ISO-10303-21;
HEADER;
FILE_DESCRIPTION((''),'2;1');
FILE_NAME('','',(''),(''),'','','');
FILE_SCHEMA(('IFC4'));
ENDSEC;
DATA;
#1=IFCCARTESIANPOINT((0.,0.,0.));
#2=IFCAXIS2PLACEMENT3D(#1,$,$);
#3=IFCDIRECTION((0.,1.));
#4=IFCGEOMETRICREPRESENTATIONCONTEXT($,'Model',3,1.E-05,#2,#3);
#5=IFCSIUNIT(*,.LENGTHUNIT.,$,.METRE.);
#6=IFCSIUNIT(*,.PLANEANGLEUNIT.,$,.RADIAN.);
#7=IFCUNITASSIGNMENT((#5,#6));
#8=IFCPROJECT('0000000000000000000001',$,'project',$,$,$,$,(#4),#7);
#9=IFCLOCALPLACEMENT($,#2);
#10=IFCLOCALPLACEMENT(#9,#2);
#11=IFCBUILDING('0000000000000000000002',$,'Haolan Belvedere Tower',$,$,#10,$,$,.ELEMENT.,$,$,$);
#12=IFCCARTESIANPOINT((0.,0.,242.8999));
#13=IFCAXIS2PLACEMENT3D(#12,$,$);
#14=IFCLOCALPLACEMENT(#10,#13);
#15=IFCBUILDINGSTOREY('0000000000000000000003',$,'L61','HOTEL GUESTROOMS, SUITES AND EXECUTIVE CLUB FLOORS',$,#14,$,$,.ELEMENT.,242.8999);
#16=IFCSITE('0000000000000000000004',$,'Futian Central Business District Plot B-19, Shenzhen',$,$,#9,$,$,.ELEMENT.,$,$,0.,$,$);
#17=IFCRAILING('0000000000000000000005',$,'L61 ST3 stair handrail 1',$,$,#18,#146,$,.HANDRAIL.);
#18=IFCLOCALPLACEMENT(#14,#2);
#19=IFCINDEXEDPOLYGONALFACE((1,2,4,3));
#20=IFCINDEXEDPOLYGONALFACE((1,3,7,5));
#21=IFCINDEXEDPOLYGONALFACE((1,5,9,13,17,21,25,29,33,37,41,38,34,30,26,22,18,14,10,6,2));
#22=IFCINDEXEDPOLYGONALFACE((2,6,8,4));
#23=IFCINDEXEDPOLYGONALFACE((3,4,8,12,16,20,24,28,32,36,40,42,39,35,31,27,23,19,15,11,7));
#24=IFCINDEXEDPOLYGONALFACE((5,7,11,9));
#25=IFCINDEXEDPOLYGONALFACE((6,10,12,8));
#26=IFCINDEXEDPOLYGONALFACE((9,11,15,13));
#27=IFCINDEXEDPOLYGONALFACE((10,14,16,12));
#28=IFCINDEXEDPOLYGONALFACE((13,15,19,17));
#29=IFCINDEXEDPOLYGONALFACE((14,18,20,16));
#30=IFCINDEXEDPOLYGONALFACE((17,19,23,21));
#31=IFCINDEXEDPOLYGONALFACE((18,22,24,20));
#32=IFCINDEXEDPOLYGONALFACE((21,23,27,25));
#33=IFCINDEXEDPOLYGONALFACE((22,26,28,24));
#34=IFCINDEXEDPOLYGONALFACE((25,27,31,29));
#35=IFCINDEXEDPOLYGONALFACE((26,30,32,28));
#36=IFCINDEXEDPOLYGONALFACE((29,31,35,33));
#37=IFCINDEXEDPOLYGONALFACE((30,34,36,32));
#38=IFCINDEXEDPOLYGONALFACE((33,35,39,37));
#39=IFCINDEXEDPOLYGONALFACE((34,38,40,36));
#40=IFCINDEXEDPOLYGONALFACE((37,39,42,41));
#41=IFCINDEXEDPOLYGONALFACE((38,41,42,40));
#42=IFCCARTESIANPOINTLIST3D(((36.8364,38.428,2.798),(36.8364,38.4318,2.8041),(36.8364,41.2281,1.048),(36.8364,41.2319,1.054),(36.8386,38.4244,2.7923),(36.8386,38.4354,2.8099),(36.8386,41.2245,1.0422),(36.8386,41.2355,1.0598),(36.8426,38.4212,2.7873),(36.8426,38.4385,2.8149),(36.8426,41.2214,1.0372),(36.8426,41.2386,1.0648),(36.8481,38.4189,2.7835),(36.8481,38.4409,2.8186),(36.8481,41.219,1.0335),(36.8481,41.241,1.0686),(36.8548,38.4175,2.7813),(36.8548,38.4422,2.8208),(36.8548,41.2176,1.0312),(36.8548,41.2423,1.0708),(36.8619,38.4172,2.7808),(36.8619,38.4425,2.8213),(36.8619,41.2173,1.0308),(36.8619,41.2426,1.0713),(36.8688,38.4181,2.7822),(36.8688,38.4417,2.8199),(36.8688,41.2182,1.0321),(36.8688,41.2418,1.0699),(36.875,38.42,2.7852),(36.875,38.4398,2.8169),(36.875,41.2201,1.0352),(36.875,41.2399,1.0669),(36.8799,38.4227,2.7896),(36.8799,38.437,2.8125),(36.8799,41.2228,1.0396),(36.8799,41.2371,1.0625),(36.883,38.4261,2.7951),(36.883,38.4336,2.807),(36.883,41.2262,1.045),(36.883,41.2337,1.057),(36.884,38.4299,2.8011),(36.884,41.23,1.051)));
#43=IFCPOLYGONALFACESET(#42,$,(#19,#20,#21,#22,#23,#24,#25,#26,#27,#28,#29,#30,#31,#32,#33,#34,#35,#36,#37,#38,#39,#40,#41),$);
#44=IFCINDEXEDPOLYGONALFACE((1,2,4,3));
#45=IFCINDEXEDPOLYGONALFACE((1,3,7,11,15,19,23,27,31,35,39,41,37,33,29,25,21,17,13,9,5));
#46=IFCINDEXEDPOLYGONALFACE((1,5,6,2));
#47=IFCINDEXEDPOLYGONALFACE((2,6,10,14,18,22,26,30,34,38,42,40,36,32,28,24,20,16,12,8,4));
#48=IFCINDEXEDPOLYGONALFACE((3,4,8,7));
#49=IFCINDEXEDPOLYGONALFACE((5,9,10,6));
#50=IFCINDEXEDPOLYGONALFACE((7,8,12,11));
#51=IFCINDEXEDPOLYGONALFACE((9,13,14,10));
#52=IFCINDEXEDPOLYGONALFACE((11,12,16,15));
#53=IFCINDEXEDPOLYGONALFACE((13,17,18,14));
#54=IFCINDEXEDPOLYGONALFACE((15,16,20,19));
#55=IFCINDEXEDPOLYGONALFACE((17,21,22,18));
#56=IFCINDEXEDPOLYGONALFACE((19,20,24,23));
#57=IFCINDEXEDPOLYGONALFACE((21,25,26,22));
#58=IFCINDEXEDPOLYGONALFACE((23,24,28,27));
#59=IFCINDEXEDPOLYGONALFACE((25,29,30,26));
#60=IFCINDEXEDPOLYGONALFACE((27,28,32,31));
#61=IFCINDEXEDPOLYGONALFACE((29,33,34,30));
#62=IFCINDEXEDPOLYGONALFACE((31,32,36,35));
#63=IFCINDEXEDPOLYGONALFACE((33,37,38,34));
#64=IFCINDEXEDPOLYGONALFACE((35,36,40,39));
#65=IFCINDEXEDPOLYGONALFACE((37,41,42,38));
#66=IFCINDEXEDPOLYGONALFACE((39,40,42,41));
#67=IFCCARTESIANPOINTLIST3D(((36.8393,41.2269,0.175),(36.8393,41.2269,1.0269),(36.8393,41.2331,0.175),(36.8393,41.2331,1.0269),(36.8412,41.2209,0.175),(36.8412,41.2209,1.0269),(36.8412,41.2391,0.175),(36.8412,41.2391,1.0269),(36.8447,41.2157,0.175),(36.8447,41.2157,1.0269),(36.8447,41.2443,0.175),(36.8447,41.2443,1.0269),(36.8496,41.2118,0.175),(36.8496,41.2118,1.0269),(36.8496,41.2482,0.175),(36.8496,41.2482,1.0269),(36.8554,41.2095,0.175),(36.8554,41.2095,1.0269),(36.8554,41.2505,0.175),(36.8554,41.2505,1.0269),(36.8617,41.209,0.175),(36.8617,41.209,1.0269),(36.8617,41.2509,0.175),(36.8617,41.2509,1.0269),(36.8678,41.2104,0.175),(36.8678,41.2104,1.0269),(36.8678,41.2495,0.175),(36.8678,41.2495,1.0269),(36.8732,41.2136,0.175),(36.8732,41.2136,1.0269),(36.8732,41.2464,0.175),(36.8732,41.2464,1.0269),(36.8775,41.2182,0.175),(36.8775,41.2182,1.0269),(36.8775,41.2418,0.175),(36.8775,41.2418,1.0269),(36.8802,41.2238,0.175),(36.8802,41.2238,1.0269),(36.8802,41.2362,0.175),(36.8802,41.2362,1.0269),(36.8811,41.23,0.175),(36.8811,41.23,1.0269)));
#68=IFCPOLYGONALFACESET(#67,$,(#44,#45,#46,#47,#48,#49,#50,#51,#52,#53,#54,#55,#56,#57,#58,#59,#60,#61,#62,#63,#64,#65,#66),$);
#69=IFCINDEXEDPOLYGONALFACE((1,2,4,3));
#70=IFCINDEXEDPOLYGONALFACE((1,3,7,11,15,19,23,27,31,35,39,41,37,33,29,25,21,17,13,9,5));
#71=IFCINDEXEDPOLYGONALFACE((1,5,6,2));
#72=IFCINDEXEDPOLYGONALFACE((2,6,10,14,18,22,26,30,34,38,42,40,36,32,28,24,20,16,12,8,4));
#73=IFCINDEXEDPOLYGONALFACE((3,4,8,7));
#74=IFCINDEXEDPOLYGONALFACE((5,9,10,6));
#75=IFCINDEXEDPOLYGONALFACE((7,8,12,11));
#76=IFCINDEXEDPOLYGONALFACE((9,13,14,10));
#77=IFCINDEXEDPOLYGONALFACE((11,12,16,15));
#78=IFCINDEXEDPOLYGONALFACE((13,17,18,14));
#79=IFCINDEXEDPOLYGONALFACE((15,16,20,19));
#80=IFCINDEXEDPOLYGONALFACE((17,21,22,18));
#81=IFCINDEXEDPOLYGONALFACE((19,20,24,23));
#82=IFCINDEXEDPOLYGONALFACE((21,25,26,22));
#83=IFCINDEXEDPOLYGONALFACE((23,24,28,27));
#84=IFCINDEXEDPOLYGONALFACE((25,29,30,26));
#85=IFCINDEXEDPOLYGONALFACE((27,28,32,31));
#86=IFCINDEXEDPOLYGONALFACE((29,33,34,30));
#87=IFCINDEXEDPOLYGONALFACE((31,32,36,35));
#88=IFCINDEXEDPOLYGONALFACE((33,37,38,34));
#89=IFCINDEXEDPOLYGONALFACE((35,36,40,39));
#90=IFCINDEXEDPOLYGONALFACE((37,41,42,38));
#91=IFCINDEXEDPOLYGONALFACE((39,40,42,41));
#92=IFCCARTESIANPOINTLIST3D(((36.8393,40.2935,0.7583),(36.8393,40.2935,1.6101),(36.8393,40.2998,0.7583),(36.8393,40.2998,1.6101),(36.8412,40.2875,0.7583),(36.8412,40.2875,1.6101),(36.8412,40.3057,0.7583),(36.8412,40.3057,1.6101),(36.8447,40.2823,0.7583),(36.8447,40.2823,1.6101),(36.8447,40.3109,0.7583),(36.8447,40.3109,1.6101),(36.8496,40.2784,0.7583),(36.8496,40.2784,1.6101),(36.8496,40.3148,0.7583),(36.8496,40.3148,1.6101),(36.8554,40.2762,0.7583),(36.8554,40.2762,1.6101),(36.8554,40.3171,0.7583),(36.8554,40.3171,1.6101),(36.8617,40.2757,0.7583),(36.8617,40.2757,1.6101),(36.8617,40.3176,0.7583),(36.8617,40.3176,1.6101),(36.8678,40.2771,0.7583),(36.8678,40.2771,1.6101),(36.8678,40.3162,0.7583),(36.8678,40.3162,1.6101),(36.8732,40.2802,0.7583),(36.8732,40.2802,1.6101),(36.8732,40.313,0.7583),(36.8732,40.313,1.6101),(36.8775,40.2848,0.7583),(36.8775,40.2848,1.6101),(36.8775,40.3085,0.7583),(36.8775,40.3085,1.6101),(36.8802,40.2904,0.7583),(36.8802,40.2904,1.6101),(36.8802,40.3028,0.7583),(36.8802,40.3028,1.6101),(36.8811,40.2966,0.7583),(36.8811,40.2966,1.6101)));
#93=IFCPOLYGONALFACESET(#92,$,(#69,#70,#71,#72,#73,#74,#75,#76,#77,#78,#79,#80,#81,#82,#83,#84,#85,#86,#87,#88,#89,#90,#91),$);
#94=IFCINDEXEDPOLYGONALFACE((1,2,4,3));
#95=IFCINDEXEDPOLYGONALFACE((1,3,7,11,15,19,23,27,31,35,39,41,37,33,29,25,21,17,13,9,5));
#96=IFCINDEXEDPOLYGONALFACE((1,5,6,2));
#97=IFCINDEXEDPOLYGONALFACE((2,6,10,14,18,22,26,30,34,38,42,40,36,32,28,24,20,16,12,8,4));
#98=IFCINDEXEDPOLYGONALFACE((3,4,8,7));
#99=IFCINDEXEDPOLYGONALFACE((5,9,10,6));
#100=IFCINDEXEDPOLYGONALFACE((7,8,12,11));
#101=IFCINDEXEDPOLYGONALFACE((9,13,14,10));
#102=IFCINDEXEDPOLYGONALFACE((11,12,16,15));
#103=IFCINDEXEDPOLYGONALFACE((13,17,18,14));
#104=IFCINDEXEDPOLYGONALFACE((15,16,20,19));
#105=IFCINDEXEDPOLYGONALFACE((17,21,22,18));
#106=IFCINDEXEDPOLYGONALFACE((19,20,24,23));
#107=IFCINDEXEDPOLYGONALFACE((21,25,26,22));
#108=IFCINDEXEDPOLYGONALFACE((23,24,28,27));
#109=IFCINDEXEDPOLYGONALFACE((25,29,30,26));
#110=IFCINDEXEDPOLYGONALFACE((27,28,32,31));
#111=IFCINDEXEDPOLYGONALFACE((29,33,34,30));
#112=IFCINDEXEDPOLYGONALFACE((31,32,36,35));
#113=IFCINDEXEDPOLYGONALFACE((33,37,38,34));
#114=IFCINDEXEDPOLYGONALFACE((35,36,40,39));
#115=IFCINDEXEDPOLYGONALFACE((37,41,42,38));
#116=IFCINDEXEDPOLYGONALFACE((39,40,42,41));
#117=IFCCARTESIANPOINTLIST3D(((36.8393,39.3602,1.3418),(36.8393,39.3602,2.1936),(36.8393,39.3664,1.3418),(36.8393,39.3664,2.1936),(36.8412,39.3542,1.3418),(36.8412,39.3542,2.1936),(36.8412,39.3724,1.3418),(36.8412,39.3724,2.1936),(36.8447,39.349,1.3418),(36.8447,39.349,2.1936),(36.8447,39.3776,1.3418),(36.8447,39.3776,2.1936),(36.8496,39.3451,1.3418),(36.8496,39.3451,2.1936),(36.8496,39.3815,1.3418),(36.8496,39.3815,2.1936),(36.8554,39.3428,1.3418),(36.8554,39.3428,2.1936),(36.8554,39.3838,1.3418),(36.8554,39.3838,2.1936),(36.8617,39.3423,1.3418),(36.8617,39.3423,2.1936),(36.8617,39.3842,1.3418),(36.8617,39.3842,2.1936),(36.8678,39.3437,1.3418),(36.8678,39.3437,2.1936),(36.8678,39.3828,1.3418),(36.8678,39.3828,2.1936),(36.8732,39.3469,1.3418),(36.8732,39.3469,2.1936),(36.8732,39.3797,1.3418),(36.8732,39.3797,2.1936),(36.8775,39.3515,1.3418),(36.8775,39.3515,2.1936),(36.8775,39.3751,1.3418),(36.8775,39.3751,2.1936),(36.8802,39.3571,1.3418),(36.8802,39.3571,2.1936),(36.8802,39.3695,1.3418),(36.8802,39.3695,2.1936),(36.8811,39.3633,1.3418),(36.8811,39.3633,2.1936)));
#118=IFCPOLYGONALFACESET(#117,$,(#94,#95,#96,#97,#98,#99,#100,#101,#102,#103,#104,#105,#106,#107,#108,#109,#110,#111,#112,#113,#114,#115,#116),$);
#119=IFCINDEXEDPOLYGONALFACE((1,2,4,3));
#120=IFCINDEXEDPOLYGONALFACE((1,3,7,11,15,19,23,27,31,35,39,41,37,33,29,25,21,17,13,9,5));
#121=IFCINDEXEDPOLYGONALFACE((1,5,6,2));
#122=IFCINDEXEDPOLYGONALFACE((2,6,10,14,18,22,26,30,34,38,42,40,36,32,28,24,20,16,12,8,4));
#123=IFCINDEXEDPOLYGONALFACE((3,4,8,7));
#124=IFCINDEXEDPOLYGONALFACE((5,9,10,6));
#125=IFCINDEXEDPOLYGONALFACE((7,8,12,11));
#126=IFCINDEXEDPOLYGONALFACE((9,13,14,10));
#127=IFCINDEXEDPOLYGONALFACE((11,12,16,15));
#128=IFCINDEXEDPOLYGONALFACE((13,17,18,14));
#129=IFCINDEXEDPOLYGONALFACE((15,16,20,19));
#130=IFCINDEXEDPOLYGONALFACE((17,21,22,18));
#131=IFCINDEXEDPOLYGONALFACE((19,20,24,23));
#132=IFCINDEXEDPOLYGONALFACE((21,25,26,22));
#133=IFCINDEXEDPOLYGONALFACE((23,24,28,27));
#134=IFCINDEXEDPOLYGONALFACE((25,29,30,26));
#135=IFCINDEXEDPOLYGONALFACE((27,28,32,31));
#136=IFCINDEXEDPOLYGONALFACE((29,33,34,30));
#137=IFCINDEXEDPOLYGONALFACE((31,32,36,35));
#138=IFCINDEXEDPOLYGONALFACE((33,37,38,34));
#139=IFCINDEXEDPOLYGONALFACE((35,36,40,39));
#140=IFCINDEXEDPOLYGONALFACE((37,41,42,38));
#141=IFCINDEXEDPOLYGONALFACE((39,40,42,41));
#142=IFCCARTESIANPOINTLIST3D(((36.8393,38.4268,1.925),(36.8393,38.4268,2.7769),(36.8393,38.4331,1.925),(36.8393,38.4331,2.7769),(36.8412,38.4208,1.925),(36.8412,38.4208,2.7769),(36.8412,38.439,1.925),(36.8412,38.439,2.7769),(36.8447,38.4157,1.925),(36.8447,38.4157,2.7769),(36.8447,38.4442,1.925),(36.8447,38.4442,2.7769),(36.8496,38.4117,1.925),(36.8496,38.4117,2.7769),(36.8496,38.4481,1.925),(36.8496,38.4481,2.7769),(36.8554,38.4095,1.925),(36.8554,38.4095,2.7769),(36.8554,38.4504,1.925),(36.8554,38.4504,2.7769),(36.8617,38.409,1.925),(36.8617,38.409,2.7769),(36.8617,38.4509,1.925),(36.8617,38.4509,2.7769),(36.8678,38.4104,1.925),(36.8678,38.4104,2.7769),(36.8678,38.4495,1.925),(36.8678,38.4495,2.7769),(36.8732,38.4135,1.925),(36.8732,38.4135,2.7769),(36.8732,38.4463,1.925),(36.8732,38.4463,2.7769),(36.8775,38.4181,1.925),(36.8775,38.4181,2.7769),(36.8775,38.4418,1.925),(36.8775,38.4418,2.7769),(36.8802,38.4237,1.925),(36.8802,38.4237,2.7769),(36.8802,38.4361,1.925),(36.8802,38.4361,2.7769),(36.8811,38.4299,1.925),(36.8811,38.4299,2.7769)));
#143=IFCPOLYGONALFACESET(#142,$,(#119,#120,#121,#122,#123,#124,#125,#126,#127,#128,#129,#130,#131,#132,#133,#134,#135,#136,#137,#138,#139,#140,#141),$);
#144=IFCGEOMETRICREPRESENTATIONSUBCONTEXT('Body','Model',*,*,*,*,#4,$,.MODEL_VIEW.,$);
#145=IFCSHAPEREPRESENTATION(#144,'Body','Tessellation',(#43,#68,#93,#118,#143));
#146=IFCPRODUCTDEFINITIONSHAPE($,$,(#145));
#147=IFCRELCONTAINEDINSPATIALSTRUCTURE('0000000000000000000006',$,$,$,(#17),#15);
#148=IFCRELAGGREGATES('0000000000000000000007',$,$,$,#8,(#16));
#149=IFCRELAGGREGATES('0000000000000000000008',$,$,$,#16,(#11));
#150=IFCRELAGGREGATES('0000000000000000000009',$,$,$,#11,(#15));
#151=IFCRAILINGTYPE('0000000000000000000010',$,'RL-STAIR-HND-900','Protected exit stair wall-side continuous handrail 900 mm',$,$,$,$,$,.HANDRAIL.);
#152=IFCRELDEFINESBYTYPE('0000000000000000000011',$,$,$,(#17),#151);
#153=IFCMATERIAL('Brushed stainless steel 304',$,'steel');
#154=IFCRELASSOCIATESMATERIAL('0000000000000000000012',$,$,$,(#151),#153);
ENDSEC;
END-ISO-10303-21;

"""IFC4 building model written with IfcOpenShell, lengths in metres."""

from ifc_helpers import new_model, si_unit, direction, frame, origin, origin_2d, place, context, subcontext, project, spatial, circle, extrude, material, type_object, element, save


model = new_model("IFC4")

# Units and contexts
model_context = context("Model", 3, precision=1e-05, world=origin(), true_north=direction((0.0, 1.0)))
body_context = subcontext(model_context, "Body", "Model", "MODEL_VIEW")
ifc_project = project(units=[si_unit("LENGTHUNIT", "METRE"), si_unit("PLANEANGLEUNIT", "RADIAN")], contexts=[model_context])

# Site, building, storey
site_placement = place(None, origin())
site = spatial("IfcSite", under=ifc_project, at=site_placement, Name="Futian Central Business District Plot B-19, Shenzhen", CompositionType="ELEMENT", RefElevation=0.0)
building_placement = place(site_placement, origin())
building = spatial("IfcBuilding", under=site, at=building_placement, Name="Haolan Belvedere Tower", CompositionType="ELEMENT")
storey_placement = place(building_placement, frame((0.0, 0.0, 242.8999)))
storey = spatial("IfcBuildingStorey", under=building, at=storey_placement, Name="L61", Description="HOTEL GUESTROOMS, SUITES AND EXECUTIVE CLUB FLOORS", CompositionType="ELEMENT", Elevation=242.8999)

# Railing
ifc_material_1 = material(Name="Brushed stainless steel 304", Category="steel")
railing_type_1 = type_object("IfcRailingType", Name="RL-STAIR-HND-900", Description="Protected exit stair wall-side continuous handrail 900 mm", PredefinedType="HANDRAIL", material=ifc_material_1)
for number, where, name in (
    (1, (36.8601, 41.23, 0.175), "L61 ST3 stair handrail 1"),
):
    element("IfcRailing", number, at=place(storey_placement, frame(where)), inside=storey, type_object=railing_type_1, Name=name, PredefinedType="HANDRAIL", context=body_context, shape_type="SweptSolid", body=[
        extrude(circle(Radius=0.0239, at=origin_2d()), frame((0.0, 0.0, 0.876), z_axis=(0.0, -0.848002, 0.529992), x_axis=(1.0, 0.0, 0.0)), (0.0, 0.0, 1.0), 3.302),
        extrude(circle(Radius=0.021, at=origin_2d()), origin(), (0.0, 0.0, 1.0), 0.8518),
        extrude(circle(Radius=0.021, at=origin_2d()), frame((0.0, -0.9333, 0.5833)), (0.0, 0.0, 1.0), 0.8518),
        extrude(circle(Radius=0.021, at=origin_2d()), frame((0.0, -1.8667, 1.1667)), (0.0, 0.0, 1.0), 0.8518),
        extrude(circle(Radius=0.021, at=origin_2d()), frame((0.0, -2.8, 1.75)), (0.0, 0.0, 1.0), 0.8518),
    ])

save(model, "model.ifc")
